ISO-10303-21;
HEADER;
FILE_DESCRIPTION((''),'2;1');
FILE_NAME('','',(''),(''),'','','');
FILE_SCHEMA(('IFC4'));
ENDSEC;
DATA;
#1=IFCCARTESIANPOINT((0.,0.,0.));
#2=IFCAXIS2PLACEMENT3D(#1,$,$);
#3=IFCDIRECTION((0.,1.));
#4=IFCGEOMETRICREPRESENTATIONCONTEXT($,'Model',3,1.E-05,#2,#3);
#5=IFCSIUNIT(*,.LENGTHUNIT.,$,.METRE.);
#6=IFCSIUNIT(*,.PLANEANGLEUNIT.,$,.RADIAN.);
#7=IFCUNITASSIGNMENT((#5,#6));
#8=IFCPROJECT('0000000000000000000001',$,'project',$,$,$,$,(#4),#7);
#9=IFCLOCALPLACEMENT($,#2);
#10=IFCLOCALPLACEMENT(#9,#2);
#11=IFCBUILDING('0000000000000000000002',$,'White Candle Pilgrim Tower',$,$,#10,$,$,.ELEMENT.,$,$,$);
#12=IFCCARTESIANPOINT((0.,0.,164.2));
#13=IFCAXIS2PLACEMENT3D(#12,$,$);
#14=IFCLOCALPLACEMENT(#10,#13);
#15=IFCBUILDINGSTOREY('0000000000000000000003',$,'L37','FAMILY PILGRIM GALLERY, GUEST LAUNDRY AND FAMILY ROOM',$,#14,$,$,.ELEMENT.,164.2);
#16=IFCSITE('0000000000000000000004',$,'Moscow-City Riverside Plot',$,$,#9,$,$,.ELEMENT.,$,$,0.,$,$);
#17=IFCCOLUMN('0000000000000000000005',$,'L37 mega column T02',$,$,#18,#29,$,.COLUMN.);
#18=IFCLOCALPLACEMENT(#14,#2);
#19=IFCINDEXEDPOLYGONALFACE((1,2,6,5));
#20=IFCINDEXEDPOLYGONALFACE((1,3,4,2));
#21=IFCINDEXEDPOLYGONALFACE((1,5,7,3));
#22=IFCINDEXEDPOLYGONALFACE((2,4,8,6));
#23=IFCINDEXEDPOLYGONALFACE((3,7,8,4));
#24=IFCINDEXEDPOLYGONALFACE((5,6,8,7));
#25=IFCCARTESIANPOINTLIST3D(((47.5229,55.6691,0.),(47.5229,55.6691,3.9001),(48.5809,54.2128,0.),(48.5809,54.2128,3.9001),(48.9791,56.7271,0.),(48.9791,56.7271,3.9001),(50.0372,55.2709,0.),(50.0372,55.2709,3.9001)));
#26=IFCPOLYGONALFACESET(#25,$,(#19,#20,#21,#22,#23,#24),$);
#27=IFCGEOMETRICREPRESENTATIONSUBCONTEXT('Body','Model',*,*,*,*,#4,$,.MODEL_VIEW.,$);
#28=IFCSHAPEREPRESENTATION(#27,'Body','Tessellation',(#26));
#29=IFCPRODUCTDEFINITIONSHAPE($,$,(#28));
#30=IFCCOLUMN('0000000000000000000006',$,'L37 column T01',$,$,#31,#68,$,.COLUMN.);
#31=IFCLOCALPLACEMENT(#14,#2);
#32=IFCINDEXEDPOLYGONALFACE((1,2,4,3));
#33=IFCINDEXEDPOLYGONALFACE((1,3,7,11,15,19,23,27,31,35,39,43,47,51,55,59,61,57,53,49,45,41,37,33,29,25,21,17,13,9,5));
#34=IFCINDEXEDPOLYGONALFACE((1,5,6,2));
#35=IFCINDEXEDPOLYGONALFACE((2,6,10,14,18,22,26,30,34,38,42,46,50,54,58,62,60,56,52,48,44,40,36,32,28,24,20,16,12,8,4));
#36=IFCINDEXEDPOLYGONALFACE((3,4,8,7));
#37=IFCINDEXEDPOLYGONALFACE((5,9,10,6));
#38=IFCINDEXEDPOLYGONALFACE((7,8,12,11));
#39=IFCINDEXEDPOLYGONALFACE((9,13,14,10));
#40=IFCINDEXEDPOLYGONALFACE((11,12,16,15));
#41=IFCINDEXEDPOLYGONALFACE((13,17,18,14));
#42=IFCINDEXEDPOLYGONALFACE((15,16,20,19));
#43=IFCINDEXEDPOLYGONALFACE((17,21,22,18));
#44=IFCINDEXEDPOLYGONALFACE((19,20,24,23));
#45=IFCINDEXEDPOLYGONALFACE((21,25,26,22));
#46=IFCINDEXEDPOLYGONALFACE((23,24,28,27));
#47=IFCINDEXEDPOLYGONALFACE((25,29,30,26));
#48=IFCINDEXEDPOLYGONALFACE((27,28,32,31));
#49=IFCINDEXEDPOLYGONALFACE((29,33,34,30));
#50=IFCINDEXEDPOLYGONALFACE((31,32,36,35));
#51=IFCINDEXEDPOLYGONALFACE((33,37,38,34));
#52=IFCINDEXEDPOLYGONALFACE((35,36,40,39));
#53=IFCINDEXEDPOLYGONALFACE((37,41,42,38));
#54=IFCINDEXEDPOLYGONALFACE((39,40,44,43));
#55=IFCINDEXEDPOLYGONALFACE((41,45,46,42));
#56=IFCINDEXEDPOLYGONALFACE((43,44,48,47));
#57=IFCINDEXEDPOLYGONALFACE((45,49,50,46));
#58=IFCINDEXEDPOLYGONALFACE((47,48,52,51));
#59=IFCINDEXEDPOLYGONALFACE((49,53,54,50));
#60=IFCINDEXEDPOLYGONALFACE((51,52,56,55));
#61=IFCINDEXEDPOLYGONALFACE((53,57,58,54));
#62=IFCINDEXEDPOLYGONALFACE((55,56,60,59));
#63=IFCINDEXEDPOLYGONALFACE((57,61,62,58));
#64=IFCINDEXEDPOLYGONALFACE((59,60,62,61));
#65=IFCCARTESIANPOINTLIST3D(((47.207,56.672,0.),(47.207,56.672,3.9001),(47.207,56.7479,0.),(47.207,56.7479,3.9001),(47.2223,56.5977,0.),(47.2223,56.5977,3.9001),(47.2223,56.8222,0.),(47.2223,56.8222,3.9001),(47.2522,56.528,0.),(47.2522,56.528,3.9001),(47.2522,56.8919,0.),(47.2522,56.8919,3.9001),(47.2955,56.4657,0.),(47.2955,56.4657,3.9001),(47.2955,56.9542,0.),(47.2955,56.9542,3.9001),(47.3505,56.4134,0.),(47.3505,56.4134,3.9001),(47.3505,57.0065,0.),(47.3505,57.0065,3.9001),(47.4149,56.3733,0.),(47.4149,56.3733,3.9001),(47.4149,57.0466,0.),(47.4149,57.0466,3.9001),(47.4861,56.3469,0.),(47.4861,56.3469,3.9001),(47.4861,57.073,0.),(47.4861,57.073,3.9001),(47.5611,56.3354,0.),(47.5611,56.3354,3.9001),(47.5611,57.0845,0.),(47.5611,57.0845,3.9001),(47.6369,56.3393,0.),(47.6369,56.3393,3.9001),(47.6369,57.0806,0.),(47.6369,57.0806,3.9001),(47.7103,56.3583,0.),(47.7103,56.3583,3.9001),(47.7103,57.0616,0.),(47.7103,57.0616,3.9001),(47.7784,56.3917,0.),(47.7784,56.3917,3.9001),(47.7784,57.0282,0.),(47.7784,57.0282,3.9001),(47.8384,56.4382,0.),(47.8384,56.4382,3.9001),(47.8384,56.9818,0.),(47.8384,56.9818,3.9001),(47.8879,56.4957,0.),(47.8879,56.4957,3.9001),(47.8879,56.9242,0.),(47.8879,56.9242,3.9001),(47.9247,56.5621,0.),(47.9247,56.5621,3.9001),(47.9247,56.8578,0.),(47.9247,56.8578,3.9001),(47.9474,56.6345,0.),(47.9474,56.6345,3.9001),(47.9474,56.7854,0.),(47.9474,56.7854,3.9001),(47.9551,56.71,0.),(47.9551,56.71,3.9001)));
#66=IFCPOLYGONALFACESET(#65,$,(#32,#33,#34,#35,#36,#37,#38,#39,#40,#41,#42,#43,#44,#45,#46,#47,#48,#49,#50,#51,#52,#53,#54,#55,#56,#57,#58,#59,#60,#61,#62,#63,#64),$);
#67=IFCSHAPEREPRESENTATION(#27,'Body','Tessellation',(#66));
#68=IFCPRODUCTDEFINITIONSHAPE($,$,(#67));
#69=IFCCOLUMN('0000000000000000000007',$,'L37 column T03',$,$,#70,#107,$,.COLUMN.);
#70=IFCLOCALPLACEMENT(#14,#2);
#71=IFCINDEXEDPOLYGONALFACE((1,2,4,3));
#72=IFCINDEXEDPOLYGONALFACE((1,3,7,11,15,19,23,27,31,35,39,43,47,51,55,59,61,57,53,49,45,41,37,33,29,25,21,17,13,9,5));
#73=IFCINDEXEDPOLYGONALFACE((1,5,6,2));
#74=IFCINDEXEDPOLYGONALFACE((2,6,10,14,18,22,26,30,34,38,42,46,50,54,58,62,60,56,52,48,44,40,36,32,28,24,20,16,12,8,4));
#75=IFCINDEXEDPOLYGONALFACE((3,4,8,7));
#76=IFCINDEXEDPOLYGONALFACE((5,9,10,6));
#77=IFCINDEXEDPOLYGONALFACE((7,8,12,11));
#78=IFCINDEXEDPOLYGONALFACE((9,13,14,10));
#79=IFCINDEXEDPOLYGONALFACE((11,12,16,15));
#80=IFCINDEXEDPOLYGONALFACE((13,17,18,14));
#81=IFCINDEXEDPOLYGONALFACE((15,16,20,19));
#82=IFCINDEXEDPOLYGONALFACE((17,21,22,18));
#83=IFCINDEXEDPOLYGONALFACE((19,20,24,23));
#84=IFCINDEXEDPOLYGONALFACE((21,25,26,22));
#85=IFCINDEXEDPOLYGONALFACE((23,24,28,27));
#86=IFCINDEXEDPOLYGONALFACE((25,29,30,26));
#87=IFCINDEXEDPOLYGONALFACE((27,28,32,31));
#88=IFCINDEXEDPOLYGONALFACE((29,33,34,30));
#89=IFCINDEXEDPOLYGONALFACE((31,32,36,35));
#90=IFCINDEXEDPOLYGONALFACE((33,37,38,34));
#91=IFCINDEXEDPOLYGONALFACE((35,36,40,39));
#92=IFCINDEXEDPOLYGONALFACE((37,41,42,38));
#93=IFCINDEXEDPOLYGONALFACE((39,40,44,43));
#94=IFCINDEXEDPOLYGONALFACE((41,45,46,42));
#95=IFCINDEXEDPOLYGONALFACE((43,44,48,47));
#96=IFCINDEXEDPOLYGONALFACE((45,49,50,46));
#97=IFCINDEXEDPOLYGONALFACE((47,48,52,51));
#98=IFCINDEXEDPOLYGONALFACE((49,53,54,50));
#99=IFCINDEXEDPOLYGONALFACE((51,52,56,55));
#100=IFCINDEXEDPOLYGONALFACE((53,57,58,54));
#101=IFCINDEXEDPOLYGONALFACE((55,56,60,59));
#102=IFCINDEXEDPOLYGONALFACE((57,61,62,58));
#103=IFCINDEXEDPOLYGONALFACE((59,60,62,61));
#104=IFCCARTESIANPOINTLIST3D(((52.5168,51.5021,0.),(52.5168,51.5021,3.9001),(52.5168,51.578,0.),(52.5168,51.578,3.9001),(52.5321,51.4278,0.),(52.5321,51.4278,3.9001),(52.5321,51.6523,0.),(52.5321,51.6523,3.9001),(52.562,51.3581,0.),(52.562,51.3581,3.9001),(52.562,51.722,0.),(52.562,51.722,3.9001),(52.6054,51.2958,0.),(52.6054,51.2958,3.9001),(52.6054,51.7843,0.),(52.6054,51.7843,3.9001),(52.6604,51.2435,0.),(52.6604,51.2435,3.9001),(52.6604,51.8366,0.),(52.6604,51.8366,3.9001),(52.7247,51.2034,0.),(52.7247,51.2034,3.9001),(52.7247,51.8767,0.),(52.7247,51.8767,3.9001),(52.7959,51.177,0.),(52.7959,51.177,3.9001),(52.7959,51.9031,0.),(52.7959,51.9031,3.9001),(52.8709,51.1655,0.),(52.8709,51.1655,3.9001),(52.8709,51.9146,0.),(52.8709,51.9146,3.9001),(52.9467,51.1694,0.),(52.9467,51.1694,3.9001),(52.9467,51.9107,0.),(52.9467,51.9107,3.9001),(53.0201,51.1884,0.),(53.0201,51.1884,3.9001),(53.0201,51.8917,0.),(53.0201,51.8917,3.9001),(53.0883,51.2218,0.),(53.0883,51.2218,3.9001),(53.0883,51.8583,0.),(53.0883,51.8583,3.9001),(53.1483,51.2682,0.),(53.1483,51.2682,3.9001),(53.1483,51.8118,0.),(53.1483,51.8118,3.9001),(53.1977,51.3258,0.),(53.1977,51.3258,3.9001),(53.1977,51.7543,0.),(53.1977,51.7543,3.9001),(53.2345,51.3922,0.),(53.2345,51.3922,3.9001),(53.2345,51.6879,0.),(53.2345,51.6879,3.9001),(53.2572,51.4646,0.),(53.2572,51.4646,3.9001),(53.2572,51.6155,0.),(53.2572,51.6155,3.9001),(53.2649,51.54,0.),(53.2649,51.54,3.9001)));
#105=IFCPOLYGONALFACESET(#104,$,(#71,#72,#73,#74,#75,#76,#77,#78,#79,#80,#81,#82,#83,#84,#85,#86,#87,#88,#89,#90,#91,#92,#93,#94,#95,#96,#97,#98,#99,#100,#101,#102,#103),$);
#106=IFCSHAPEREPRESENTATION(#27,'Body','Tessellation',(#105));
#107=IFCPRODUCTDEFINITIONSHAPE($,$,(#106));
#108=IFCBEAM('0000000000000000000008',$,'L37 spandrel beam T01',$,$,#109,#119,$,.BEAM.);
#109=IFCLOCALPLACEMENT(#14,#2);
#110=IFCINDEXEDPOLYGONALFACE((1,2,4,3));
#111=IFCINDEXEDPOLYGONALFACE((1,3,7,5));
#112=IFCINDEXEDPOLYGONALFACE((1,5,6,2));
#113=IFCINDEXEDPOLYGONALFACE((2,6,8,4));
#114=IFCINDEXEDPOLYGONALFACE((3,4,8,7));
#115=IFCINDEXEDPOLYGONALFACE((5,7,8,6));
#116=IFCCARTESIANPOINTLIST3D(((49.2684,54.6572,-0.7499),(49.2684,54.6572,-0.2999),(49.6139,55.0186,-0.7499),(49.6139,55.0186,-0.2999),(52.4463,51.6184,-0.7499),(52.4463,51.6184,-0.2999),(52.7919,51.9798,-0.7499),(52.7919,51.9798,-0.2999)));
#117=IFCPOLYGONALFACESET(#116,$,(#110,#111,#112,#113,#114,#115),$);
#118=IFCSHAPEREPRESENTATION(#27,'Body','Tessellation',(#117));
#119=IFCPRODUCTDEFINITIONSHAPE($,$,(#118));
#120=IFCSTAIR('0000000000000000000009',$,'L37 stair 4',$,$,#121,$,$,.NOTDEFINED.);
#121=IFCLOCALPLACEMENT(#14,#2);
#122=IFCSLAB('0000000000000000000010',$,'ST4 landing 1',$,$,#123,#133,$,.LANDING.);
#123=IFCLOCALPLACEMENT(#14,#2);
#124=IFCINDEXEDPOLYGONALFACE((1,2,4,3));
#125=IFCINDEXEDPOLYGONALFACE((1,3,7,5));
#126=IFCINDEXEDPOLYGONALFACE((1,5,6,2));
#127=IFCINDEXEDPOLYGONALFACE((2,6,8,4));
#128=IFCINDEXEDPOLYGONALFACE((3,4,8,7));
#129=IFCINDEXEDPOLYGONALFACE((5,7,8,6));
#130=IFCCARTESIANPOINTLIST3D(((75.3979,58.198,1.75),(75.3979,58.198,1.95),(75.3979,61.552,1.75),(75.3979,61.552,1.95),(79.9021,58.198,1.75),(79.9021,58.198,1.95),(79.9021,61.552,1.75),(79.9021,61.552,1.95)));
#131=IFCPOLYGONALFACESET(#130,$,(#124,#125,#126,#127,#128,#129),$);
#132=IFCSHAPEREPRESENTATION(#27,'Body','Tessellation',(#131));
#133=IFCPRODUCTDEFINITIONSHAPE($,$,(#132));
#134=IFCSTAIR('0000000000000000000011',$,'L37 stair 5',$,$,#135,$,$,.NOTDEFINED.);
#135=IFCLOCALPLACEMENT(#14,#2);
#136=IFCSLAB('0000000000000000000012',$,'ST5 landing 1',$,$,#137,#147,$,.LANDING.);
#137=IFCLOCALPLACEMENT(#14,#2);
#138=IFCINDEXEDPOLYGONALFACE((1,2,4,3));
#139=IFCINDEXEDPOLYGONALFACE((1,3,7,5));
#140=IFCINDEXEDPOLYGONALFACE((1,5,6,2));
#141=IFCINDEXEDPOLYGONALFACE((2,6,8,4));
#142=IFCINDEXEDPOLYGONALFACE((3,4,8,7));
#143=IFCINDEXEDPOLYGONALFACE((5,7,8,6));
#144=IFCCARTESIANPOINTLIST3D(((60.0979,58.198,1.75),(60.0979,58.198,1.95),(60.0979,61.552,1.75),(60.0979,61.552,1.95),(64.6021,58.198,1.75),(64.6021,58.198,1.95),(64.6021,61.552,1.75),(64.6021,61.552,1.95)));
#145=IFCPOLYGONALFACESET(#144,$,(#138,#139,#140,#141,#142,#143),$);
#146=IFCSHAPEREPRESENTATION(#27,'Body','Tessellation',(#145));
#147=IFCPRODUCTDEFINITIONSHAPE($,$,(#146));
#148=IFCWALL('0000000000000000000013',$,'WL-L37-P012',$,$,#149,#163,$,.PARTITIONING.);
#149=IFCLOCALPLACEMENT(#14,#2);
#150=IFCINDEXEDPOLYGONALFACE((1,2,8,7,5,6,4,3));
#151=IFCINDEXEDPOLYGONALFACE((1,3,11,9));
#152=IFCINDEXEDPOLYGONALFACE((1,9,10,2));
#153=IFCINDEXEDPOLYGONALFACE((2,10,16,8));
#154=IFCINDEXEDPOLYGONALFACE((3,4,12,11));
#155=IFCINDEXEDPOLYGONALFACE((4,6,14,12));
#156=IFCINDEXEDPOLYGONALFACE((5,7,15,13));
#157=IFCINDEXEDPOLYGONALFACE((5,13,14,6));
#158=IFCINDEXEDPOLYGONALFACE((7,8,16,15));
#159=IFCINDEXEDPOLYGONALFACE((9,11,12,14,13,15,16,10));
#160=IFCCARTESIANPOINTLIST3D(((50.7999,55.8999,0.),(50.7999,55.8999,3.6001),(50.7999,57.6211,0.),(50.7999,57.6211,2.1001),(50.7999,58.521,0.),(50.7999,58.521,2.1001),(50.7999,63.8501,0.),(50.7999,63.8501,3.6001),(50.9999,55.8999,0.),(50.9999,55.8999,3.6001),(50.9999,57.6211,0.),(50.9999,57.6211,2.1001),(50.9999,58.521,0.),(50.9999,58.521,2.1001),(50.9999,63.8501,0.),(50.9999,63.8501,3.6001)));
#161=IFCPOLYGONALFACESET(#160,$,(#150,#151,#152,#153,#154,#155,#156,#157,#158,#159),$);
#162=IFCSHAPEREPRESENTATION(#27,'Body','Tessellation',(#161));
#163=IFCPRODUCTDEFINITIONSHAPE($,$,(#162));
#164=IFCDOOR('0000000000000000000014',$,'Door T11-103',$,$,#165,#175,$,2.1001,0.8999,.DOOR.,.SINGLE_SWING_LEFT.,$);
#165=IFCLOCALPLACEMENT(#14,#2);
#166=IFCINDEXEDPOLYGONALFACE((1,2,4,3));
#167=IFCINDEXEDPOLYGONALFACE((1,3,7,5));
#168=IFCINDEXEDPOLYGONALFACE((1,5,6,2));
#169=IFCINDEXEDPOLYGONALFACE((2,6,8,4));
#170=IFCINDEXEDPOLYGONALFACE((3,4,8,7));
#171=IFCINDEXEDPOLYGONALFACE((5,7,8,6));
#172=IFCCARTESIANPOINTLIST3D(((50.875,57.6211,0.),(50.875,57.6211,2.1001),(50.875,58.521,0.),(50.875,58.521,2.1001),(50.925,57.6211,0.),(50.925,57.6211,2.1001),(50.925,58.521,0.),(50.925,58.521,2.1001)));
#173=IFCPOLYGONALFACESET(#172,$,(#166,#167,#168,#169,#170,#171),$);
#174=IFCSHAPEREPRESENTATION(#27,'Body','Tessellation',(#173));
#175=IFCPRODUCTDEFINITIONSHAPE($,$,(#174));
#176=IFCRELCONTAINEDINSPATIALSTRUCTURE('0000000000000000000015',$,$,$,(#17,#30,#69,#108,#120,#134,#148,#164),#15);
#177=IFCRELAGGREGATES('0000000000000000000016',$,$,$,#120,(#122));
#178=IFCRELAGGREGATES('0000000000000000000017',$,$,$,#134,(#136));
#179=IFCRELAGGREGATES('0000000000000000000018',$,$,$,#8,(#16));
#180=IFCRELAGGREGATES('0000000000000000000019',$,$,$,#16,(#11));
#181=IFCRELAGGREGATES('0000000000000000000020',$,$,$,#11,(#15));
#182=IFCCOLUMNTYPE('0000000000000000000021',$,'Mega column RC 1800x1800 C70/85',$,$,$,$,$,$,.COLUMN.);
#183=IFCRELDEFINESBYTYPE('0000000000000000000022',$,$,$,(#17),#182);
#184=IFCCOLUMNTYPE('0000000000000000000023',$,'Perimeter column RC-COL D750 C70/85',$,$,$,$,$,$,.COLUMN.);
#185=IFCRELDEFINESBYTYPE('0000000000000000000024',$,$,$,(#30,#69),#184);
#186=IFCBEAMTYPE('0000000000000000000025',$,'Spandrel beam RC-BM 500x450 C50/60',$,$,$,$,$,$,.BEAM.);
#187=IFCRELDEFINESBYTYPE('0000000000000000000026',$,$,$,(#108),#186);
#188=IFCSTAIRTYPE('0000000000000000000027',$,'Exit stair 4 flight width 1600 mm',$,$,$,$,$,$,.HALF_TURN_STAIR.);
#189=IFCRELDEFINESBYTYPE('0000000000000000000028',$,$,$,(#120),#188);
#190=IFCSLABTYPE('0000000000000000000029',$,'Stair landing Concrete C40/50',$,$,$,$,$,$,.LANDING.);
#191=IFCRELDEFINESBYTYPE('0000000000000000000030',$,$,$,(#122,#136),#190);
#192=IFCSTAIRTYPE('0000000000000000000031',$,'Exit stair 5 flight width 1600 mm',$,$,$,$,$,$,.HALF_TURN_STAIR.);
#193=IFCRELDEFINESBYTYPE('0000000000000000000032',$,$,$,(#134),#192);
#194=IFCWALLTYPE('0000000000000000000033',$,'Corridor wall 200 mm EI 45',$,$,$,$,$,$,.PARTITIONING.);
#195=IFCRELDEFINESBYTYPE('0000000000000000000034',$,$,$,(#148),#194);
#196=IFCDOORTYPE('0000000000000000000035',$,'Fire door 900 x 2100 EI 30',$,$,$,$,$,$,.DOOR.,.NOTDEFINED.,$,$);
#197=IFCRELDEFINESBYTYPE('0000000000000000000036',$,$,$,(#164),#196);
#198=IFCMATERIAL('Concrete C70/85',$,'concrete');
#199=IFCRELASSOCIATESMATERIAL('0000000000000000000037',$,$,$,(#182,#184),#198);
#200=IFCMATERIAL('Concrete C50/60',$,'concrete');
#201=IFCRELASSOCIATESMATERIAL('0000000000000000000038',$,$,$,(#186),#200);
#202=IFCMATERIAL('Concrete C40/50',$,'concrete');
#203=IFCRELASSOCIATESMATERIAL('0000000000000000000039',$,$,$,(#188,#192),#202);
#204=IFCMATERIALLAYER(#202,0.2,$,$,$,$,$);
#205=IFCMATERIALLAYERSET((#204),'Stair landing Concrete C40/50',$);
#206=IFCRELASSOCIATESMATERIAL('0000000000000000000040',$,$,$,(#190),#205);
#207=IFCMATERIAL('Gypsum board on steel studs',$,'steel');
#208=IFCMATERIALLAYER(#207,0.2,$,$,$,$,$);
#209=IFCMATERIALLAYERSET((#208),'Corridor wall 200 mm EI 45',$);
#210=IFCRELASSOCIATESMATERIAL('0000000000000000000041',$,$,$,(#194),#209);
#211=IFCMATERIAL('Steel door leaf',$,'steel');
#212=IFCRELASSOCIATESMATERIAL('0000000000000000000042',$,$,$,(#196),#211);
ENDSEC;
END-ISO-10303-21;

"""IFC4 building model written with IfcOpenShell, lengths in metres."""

from ifc_helpers import new_model, si_unit, direction, frame, frame_2d, origin, origin_2d, place, context, subcontext, project, spatial, polyline, rectangle, circle, outline, extrude, material, layer, layer_set, material_profile, profile_set, type_object, element, fill, aggregate, save


model = new_model("IFC4")

# Units and contexts
model_context = context("Model", 3, precision=1e-05, world=origin(), true_north=direction((0.0, 1.0)))
body_context = subcontext(model_context, "Body", "Model", "MODEL_VIEW")
ifc_project = project(units=[si_unit("LENGTHUNIT", "METRE"), si_unit("PLANEANGLEUNIT", "RADIAN")], contexts=[model_context])

# Site, building, storey
site_placement = place(None, origin())
site = spatial("IfcSite", under=ifc_project, at=site_placement, Name="Moscow-City Riverside Plot", CompositionType="ELEMENT", RefElevation=0.0)
building_placement = place(site_placement, origin())
building = spatial("IfcBuilding", under=site, at=building_placement, Name="White Candle Pilgrim Tower", CompositionType="ELEMENT")
storey_placement = place(building_placement, frame((0.0, 0.0, 164.2)))
storey = spatial("IfcBuildingStorey", under=building, at=storey_placement, Name="L37", Description="FAMILY PILGRIM GALLERY, GUEST LAUNDRY AND FAMILY ROOM", CompositionType="ELEMENT", Elevation=164.2)

# Columns
ifc_material_1 = material(Name="Concrete C70/85", Category="concrete")
ifc_material_profile_1 = material_profile(ifc_material_1, rectangle(XDim=1.8, YDim=1.8, at=origin_2d()), Name="RC 1800x1800")
ifc_profile_set_1 = profile_set([ifc_material_profile_1], Name="Concrete C70/85")
column_type_1 = type_object("IfcColumnType", Name="Mega column RC 1800x1800 C70/85", PredefinedType="COLUMN", material=ifc_profile_set_1)
column_placement = place(storey_placement, frame((48.78, 55.47, 0.0), z_axis=(0.0, 0.0, 1.0), x_axis=(-0.809017, -0.587785, 0.0)))
element("IfcColumn", 1, at=column_placement, inside=storey, type_object=column_type_1, Name="L37 mega column T02", PredefinedType="COLUMN", context=body_context, shape_type="SweptSolid", body=[
    extrude(rectangle(XDim=1.8, YDim=1.8, at=origin_2d()), origin(), (0.0, 0.0, 1.0), 3.9001),
])
ifc_material_profile_2 = material_profile(ifc_material_1, circle(Radius=0.375, at=origin_2d()), Name="RC-COL D750")
ifc_profile_set_2 = profile_set([ifc_material_profile_2], Name="Concrete C70/85")
column_type_2 = type_object("IfcColumnType", Name="Perimeter column RC-COL D750 C70/85", PredefinedType="COLUMN", material=ifc_profile_set_2)
for number, where, z_axis, x_axis, name in (
    (2, (47.5801, 56.71, 0.0), (0.0, 0.0, 1.0), (1.0, 0.0, 0.0), "L37 column T01"),
    (3, (52.8899, 51.54, 0.0), (0.0, 0.0, 1.0), (1.0, 0.0, 0.0), "L37 column T03"),
):
    element("IfcColumn", number, at=place(storey_placement, frame(where, z_axis=z_axis, x_axis=x_axis)), inside=storey, type_object=column_type_2, Name=name, PredefinedType="COLUMN", context=body_context, shape_type="SweptSolid", body=[
        extrude(circle(Radius=0.375, at=origin_2d()), origin(), (0.0, 0.0, 1.0), 3.9001),
    ])

# Beam
ifc_material_2 = material(Name="Concrete C50/60", Category="concrete")
ifc_material_profile_3 = material_profile(ifc_material_2, rectangle(XDim=0.5, YDim=0.45, at=origin_2d()), Name="RC-BM 500x450")
ifc_profile_set_3 = profile_set([ifc_material_profile_3], Name="Concrete C50/60")
beam_type = type_object("IfcBeamType", Name="Spandrel beam RC-BM 500x450 C50/60", PredefinedType="BEAM", material=ifc_profile_set_3)
beam_placement = place(storey_placement, frame((49.4412, 54.8379, -0.5249), z_axis=(0.722754, -0.691105, 0.0), x_axis=(0.691105, 0.722754, 0.0)))
element("IfcBeam", 4, at=beam_placement, inside=storey, type_object=beam_type, Name="L37 spandrel beam T01", PredefinedType="BEAM", context=body_context, shape_type="SweptSolid", body=[
    extrude(rectangle(XDim=0.5, YDim=0.45, at=origin_2d()), origin(), (0.0, 0.0, 1.0), 4.397),
])

# Stairs, slabs
ifc_material_3 = material(Name="Concrete C40/50", Category="concrete")
stair_type_1 = type_object("IfcStairType", Name="Exit stair 4 flight width 1600 mm", PredefinedType="HALF_TURN_STAIR", material=ifc_material_3)
stair_1_placement = place(storey_placement, origin())
stair_1 = element("IfcStair", 5, at=stair_1_placement, inside=storey, type_object=stair_type_1, Name="L37 stair 4", PredefinedType="NOTDEFINED")
ifc_layer_1 = layer(ifc_material_3, 0.2)
ifc_layer_set_1 = layer_set([ifc_layer_1], Name="Stair landing Concrete C40/50")
slab_type = type_object("IfcSlabType", Name="Stair landing Concrete C40/50", PredefinedType="LANDING", material=ifc_layer_set_1)
slab_1_placement = place(storey_placement, frame((0.0, 0.0, 1.75)))
slab_1 = element("IfcSlab", 6, at=slab_1_placement, type_object=slab_type, Name="ST4 landing 1", PredefinedType="LANDING", context=body_context, shape_type="SweptSolid", body=[
    extrude(outline(polyline([(79.9021, 61.552), (79.9021, 58.198), (75.3979, 58.198), (75.3979, 61.552), (79.9021, 61.552)])), origin(), (0.0, 0.0, 1.0), 0.2),
])
aggregate(stair_1, [slab_1])
stair_type_2 = type_object("IfcStairType", Name="Exit stair 5 flight width 1600 mm", PredefinedType="HALF_TURN_STAIR", material=ifc_material_3)
stair_2_placement = place(storey_placement, origin())
stair_2 = element("IfcStair", 7, at=stair_2_placement, inside=storey, type_object=stair_type_2, Name="L37 stair 5", PredefinedType="NOTDEFINED")
slab_2_placement = place(storey_placement, frame((0.0, 0.0, 1.75)))
slab_2 = element("IfcSlab", 8, at=slab_2_placement, type_object=slab_type, Name="ST5 landing 1", PredefinedType="LANDING", context=body_context, shape_type="SweptSolid", body=[
    extrude(outline(polyline([(60.0979, 58.198), (60.0979, 61.552), (64.6021, 61.552), (64.6021, 58.198), (60.0979, 58.198)])), origin(), (0.0, 0.0, 1.0), 0.2),
])
aggregate(stair_2, [slab_2])

# Wall, opening, door
ifc_material_4 = material(Name="Gypsum board on steel studs", Category="steel")
ifc_layer_2 = layer(ifc_material_4, 0.2)
ifc_layer_set_2 = layer_set([ifc_layer_2], Name="Corridor wall 200 mm EI 45")
wall_type_1 = type_object("IfcWallType", Name="Corridor wall 200 mm EI 45", PredefinedType="PARTITIONING", material=ifc_layer_set_2)
wall_1_placement = place(storey_placement, frame((50.8999, 55.8999, 0.0), z_axis=(0.0, 0.0, 1.0), x_axis=(0.0, 1.0, 0.0)))
wall_1 = element("IfcWall", 9, at=wall_1_placement, inside=storey, type_object=wall_type_1, Name="WL-L37-P012", PredefinedType="PARTITIONING", context=body_context, shape_type="SweptSolid", body=[
    extrude(rectangle(XDim=7.9502, YDim=0.2, at=frame_2d((3.9751, 0.0))), origin(), (0.0, 0.0, 1.0), 3.6001),
])
opening_1_placement = place(wall_1_placement, frame((1.7212, 0.0, 0.0)))
opening_1 = element("IfcOpeningElement", 10, at=opening_1_placement, cuts=wall_1, PredefinedType="OPENING", context=body_context, shape_type="SweptSolid", body=[
    extrude(rectangle(XDim=0.8999, YDim=2.1001, at=frame_2d((0.45, 1.05))), frame((0.0, 0.1099, 0.0), z_axis=(0.0, -1.0, 0.0), x_axis=(1.0, 0.0, 0.0)), (0.0, 0.0, 1.0), 0.22),
])
ifc_material_5 = material(Name="Steel door leaf", Category="steel")
door_type_1 = type_object("IfcDoorType", Name="Fire door 900 x 2100 EI 30", OperationType="NOTDEFINED", PredefinedType="DOOR", material=ifc_material_5)
door_1_placement = place(opening_1_placement, origin())
door_1 = element("IfcDoor", 11, at=door_1_placement, inside=storey, type_object=door_type_1, Name="Door T11-103", OperationType="SINGLE_SWING_LEFT", OverallHeight=2.1001, OverallWidth=0.8999, PredefinedType="DOOR", context=body_context, shape_type="SweptSolid", body=[
    extrude(rectangle(XDim=0.8999, YDim=2.1001, at=frame_2d((0.45, 1.05))), frame((0.0, 0.0249, 0.0), z_axis=(0.0, -1.0, 0.0), x_axis=(1.0, 0.0, 0.0)), (0.0, 0.0, 1.0), 0.05),
])
fill(opening_1, door_1)

save(model, "model.ifc")
